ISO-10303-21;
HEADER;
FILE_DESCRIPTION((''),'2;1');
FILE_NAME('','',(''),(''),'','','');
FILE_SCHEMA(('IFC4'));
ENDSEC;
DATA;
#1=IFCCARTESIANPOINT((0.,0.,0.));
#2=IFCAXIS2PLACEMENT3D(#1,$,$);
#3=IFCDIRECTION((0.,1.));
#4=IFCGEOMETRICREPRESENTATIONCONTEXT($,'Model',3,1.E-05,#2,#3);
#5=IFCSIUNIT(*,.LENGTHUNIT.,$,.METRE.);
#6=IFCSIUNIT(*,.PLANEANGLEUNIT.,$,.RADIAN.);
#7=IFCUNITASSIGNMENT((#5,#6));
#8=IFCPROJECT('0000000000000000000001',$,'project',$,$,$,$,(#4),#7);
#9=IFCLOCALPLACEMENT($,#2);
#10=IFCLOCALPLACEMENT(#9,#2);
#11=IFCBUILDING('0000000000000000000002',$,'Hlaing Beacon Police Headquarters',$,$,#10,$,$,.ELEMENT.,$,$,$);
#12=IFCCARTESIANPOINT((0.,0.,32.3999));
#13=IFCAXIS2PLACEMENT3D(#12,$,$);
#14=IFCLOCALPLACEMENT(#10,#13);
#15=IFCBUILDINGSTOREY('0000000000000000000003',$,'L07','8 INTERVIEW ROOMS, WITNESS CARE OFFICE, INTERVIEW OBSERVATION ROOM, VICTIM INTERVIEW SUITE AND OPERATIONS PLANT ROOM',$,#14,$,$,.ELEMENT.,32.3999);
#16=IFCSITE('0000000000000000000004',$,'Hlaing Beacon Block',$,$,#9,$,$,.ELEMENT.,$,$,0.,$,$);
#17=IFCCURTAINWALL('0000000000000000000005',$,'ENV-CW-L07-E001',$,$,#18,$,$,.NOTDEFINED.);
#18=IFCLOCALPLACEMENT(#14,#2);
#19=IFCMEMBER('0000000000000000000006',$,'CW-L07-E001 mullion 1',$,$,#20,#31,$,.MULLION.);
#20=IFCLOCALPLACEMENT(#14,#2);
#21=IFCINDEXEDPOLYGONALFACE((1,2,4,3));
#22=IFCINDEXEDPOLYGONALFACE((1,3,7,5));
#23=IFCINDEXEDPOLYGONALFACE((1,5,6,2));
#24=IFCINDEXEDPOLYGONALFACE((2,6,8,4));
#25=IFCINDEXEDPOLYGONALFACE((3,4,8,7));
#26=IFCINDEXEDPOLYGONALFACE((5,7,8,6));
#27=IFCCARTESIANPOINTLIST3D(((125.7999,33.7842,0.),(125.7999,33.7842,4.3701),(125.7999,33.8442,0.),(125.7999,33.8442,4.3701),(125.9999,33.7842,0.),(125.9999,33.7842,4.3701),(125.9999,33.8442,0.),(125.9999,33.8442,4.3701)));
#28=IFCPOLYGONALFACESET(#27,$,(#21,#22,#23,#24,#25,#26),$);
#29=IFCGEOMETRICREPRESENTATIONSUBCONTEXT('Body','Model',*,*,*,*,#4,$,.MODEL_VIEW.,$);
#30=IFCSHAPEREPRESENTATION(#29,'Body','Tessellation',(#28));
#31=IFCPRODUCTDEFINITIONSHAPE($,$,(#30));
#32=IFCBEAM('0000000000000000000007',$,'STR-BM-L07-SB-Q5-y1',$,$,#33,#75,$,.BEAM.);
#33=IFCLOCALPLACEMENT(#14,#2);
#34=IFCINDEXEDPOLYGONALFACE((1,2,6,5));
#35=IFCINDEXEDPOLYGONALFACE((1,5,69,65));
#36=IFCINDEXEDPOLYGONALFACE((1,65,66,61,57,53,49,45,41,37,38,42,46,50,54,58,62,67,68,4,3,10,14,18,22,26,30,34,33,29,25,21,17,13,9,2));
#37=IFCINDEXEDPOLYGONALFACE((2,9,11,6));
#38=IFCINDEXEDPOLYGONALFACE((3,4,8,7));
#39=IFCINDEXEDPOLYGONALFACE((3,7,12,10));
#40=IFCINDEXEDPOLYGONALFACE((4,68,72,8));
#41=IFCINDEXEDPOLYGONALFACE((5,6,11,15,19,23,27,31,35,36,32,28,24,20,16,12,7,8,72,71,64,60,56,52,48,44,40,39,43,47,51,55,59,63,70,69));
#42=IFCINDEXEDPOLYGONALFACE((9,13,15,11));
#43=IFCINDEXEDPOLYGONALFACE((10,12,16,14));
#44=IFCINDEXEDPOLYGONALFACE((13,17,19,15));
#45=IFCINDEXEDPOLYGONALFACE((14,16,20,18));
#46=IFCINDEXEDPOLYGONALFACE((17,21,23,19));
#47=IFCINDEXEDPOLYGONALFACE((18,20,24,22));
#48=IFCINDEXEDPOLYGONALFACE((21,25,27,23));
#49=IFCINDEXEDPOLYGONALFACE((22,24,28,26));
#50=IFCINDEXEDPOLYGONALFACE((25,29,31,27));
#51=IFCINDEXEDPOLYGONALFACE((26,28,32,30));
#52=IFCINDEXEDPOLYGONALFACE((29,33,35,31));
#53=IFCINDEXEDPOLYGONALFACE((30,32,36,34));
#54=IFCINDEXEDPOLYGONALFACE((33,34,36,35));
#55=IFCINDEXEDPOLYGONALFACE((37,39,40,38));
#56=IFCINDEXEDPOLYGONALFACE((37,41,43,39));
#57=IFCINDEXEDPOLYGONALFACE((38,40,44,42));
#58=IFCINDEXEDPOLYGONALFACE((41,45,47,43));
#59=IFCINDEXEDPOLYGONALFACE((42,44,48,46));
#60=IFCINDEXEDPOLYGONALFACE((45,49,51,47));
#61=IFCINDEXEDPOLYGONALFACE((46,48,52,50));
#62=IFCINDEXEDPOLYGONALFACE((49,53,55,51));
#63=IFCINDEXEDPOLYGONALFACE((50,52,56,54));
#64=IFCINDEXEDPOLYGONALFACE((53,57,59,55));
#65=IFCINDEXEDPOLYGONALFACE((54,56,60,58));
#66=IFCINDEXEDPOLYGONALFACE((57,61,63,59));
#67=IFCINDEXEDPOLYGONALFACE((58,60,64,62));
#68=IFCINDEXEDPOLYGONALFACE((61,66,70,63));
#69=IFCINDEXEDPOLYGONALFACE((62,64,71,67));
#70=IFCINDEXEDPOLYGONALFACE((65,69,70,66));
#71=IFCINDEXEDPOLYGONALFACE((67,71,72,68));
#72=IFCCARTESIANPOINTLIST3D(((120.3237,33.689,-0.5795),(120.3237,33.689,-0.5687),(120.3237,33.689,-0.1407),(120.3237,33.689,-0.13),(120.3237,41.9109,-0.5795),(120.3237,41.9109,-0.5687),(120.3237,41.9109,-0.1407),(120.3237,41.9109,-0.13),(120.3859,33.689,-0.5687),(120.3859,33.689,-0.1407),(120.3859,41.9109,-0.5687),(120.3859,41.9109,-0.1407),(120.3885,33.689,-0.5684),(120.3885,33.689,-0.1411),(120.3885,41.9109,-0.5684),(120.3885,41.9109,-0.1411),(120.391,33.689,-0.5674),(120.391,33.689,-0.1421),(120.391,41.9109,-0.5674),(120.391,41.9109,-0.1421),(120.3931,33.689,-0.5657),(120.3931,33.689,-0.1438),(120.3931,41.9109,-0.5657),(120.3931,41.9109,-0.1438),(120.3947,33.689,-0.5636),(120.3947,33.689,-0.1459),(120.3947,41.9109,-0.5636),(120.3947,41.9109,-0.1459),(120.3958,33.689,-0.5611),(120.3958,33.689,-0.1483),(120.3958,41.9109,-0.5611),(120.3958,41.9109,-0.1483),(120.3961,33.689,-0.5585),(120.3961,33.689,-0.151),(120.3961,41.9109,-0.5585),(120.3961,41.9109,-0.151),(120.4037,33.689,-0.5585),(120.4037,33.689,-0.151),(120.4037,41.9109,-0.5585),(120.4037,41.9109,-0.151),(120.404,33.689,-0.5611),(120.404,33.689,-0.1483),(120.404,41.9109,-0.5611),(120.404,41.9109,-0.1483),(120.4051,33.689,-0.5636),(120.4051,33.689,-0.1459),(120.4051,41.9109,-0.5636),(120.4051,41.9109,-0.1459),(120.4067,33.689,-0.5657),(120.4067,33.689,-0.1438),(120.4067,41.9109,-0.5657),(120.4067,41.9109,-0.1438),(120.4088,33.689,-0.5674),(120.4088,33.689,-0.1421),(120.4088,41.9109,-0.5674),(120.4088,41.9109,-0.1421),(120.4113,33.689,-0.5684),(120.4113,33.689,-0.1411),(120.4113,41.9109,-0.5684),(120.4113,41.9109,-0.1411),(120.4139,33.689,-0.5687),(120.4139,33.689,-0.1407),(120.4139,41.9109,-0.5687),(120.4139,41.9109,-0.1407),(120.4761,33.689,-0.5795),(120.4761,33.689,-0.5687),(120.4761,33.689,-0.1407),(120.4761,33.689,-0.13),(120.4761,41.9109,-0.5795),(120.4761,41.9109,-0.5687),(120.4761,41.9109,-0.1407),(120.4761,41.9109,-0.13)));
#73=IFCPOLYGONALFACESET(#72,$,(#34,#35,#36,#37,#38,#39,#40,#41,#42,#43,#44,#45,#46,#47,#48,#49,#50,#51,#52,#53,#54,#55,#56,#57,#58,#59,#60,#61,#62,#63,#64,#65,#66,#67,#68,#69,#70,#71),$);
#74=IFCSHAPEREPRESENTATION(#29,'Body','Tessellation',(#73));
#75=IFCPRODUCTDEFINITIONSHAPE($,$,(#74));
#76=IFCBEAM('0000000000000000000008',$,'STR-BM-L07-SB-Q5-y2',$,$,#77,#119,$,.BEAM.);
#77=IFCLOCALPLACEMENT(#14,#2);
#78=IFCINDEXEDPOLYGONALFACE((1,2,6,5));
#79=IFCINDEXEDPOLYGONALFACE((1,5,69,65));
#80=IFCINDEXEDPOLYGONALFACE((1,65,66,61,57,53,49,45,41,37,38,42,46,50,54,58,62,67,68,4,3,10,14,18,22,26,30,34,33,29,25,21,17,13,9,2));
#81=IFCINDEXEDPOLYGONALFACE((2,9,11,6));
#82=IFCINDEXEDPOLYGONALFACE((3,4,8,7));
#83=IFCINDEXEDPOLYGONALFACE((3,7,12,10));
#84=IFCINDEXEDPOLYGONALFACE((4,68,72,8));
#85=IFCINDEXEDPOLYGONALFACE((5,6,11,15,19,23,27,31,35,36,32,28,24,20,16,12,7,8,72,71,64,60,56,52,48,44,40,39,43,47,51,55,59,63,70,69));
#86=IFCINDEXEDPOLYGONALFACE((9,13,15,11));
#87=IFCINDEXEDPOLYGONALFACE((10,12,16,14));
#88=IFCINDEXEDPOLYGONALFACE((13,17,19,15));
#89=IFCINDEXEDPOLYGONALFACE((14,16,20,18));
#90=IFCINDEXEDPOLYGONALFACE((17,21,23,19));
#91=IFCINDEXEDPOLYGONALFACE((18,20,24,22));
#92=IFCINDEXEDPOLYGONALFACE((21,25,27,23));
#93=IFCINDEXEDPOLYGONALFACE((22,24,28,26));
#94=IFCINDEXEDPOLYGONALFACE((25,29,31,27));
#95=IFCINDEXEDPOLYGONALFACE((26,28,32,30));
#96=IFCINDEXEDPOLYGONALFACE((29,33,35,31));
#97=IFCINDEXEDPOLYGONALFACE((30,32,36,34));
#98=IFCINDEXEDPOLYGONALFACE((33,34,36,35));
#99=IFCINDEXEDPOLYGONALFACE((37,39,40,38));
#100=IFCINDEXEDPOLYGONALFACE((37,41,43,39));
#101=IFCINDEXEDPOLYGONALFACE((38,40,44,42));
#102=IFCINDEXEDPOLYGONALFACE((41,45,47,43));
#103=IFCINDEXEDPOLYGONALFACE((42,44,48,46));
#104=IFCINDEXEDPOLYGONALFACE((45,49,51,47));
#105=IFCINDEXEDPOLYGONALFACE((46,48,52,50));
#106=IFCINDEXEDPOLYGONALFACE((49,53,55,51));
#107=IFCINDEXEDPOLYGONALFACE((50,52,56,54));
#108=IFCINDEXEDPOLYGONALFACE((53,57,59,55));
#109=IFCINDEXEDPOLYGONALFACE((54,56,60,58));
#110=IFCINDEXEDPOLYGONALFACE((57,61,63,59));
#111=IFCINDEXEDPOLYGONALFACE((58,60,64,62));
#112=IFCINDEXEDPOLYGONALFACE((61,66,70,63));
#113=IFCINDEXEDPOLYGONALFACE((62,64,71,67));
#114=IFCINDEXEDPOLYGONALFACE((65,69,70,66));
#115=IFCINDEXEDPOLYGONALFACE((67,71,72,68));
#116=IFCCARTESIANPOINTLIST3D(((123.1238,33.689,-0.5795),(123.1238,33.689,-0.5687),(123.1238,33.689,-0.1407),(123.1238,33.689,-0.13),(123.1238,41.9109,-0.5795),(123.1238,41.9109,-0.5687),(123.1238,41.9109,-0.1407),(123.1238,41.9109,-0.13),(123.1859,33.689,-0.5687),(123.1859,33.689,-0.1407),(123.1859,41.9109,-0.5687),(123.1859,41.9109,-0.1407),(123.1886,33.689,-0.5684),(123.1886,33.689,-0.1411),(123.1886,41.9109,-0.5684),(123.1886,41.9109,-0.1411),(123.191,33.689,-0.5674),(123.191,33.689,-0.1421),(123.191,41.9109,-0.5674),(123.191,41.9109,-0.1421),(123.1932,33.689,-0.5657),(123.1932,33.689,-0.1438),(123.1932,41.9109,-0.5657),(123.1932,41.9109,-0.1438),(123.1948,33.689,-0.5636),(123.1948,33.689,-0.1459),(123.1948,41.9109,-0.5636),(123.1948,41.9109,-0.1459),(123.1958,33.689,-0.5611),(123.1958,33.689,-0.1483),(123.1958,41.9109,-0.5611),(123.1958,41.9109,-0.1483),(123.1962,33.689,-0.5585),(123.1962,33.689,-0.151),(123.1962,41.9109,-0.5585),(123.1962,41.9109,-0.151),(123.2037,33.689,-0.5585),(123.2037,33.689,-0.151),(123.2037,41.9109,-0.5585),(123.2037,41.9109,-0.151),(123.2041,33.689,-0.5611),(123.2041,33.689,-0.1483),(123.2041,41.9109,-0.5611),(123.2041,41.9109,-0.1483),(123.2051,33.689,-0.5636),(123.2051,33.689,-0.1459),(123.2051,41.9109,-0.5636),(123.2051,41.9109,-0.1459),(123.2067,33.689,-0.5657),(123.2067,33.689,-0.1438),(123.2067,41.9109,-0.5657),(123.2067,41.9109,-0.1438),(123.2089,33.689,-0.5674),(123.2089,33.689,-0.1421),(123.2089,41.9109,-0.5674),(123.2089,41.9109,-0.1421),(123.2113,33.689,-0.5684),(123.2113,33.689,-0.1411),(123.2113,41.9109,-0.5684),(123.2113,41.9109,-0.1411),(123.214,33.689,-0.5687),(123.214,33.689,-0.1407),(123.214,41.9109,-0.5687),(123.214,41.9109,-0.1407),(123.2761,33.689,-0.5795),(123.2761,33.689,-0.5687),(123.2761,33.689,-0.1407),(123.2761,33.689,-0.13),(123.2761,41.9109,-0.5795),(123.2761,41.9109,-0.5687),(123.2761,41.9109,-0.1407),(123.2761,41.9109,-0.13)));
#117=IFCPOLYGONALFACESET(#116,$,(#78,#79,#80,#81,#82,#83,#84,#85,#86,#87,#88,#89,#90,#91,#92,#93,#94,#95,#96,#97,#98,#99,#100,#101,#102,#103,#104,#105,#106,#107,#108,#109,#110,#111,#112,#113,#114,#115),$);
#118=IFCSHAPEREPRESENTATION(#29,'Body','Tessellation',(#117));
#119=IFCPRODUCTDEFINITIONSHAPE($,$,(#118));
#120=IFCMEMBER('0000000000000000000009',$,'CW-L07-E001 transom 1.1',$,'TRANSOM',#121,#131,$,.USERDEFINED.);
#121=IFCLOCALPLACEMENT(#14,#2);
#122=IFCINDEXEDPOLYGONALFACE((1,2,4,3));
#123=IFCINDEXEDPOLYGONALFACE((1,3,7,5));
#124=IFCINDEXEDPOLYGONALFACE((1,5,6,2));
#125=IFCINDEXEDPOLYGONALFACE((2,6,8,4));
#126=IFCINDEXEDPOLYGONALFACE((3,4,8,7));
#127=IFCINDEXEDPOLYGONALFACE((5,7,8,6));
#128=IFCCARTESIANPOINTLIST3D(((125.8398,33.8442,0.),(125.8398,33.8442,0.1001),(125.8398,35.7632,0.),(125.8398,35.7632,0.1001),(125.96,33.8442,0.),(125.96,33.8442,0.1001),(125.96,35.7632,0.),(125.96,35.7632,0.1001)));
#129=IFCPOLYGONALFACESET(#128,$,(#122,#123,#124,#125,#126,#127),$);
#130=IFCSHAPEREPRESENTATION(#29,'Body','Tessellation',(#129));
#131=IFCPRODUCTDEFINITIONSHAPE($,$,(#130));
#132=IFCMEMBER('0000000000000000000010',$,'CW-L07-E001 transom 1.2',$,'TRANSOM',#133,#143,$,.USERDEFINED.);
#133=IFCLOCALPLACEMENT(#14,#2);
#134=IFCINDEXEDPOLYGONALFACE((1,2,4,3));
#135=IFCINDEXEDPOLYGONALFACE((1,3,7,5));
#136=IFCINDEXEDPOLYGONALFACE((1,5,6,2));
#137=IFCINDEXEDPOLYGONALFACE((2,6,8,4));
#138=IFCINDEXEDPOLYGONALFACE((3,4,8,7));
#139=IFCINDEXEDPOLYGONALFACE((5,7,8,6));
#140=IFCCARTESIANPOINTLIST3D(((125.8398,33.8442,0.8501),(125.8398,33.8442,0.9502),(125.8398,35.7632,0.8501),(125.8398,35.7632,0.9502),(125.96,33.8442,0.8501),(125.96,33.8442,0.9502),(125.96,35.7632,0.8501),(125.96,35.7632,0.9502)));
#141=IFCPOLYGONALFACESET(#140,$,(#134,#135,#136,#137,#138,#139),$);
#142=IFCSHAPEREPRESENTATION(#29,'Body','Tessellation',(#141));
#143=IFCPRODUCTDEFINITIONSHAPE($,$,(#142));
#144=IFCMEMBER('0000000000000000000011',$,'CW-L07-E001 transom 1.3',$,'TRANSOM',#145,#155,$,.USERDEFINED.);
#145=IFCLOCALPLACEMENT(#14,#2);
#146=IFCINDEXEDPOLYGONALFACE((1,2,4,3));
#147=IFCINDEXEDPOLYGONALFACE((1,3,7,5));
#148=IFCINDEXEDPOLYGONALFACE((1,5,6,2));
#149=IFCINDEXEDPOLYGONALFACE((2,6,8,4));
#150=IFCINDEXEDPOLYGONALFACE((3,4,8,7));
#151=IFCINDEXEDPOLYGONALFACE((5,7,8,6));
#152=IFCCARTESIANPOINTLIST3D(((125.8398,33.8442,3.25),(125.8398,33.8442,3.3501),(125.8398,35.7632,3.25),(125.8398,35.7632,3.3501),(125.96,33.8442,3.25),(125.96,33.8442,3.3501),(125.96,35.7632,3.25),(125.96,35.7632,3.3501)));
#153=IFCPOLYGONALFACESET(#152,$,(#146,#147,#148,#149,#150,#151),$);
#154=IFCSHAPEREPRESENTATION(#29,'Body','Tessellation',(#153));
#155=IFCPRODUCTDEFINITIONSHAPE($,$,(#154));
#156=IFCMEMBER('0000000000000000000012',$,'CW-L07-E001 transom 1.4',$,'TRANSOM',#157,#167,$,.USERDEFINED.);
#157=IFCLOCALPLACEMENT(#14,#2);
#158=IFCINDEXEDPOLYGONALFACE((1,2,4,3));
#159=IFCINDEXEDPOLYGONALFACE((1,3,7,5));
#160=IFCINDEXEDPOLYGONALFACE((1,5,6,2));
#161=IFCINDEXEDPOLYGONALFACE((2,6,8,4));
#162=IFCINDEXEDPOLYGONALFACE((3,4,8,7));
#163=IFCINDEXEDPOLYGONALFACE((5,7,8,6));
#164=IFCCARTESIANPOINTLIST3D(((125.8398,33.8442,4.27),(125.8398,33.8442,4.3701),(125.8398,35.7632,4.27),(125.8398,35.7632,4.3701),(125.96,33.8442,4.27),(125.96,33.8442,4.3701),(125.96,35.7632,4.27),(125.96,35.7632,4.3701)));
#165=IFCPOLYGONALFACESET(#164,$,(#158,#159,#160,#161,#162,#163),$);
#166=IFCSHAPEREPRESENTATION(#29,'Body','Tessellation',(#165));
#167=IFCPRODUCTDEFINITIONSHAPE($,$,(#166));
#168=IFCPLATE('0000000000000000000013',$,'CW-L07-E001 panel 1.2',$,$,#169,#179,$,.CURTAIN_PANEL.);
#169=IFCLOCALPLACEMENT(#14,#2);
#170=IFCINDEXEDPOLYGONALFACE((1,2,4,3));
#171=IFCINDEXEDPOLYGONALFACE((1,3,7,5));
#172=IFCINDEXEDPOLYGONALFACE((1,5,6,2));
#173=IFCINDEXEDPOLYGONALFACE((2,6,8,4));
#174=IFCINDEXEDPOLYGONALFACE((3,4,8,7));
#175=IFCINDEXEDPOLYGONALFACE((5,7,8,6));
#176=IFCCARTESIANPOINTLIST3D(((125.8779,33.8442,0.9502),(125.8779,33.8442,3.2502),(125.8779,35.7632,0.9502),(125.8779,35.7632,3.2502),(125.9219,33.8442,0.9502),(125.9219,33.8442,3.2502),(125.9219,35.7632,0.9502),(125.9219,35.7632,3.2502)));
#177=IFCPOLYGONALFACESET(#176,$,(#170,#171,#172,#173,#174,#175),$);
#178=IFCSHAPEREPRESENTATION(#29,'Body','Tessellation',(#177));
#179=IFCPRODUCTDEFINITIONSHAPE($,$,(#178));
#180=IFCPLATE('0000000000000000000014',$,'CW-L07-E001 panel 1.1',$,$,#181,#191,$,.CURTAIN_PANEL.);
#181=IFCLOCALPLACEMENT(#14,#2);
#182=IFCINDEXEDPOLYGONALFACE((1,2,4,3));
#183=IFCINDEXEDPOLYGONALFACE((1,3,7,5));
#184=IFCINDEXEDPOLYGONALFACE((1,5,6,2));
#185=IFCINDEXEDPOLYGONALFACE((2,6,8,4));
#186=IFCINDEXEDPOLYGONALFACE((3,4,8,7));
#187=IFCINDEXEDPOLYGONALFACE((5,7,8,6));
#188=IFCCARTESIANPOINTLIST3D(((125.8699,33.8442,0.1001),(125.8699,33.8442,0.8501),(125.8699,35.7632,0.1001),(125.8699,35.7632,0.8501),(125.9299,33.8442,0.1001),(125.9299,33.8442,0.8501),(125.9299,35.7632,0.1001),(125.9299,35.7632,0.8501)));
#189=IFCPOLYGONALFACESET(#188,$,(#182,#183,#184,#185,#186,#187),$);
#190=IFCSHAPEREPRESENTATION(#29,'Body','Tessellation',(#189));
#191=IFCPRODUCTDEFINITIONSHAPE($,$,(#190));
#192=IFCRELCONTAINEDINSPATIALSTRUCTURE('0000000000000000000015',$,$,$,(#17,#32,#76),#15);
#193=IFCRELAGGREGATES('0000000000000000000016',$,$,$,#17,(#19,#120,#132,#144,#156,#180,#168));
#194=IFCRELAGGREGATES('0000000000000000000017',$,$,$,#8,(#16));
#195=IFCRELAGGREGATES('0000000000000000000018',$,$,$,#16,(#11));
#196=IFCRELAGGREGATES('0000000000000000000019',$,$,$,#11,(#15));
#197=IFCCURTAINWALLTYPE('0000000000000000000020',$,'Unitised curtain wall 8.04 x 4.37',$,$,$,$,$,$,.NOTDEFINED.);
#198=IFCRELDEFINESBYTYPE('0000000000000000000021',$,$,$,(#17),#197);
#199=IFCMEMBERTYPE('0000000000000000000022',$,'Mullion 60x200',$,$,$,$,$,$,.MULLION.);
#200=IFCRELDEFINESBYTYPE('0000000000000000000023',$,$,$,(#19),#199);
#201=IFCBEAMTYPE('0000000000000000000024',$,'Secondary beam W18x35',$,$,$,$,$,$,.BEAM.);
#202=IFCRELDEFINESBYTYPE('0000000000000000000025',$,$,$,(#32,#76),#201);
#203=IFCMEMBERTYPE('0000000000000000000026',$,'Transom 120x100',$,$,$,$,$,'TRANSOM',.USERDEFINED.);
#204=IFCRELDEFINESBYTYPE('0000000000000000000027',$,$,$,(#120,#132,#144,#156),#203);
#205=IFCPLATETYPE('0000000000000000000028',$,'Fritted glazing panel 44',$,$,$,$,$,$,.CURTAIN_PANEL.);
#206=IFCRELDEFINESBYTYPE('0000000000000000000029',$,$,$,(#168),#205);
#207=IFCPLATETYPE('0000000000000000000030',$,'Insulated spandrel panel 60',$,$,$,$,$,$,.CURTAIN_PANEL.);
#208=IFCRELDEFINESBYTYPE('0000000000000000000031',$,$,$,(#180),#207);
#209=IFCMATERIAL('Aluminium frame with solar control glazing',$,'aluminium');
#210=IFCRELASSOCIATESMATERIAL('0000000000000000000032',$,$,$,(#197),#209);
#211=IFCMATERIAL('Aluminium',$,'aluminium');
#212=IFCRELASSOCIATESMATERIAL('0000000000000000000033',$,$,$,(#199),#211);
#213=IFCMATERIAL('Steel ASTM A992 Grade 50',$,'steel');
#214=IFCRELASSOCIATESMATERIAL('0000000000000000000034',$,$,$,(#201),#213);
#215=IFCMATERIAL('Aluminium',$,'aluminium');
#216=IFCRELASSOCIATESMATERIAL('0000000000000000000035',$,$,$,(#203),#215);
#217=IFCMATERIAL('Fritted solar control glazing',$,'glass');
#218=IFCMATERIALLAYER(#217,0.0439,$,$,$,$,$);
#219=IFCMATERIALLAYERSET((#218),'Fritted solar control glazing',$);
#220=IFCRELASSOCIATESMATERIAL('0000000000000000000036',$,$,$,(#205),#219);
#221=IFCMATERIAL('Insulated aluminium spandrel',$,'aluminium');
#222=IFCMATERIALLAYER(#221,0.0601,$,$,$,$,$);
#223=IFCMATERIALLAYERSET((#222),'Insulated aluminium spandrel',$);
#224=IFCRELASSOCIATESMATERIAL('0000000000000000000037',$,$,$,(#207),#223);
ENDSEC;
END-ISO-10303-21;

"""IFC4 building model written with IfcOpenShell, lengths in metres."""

from ifc_helpers import new_model, si_unit, direction, frame, origin, origin_2d, place, context, subcontext, project, spatial, rectangle, i_section, extrude, material, layer, layer_set, material_profile, profile_set, type_object, element, aggregate, save


model = new_model("IFC4")

# Units and contexts
model_context = context("Model", 3, precision=1e-05, world=origin(), true_north=direction((0.0, 1.0)))
body_context = subcontext(model_context, "Body", "Model", "MODEL_VIEW")
ifc_project = project(units=[si_unit("LENGTHUNIT", "METRE"), si_unit("PLANEANGLEUNIT", "RADIAN")], contexts=[model_context])

# Site, building, storey
site_placement = place(None, origin())
site = spatial("IfcSite", under=ifc_project, at=site_placement, Name="Hlaing Beacon Block", CompositionType="ELEMENT", RefElevation=0.0)
building_placement = place(site_placement, origin())
building = spatial("IfcBuilding", under=site, at=building_placement, Name="Hlaing Beacon Police Headquarters", CompositionType="ELEMENT")
storey_placement = place(building_placement, frame((0.0, 0.0, 32.3999)))
storey = spatial("IfcBuildingStorey", under=building, at=storey_placement, Name="L07", Description="8 INTERVIEW ROOMS, WITNESS CARE OFFICE, INTERVIEW OBSERVATION ROOM, VICTIM INTERVIEW SUITE AND OPERATIONS PLANT ROOM", CompositionType="ELEMENT", Elevation=32.3999)

# Curtain wall, member
ifc_material_1 = material(Name="Aluminium frame with solar control glazing", Category="aluminium")
curtain_wall_type = type_object("IfcCurtainWallType", Name="Unitised curtain wall 8.04 x 4.37", PredefinedType="NOTDEFINED", material=ifc_material_1)
curtain_wall_placement = place(storey_placement, origin())
curtain_wall = element("IfcCurtainWall", 1, at=curtain_wall_placement, inside=storey, type_object=curtain_wall_type, Name="ENV-CW-L07-E001", PredefinedType="NOTDEFINED")
ifc_material_2 = material(Name="Aluminium", Category="aluminium")
ifc_material_profile_1 = material_profile(ifc_material_2, rectangle(XDim=0.2, YDim=0.0601, at=origin_2d()), Name="Mullion 60x200")
ifc_profile_set_1 = profile_set([ifc_material_profile_1], Name="Aluminium")
member_type_1 = type_object("IfcMemberType", Name="Mullion 60x200", PredefinedType="MULLION", material=ifc_profile_set_1)
member_1_placement = place(storey_placement, frame((125.8999, 33.8142, 0.0), z_axis=(0.0, 0.0, 1.0), x_axis=(-1.0, 0.0, 0.0)))
member_1 = element("IfcMember", 2, at=member_1_placement, type_object=member_type_1, Name="CW-L07-E001 mullion 1", PredefinedType="MULLION", context=body_context, shape_type="SweptSolid", body=[
    extrude(rectangle(XDim=0.2, YDim=0.0601, at=origin_2d()), origin(), (0.0, 0.0, 1.0), 4.3701),
])

# Beams
ifc_material_3 = material(Name="Steel ASTM A992 Grade 50", Category="steel")
ifc_material_profile_2 = material_profile(ifc_material_3, i_section(OverallWidth=0.1523, OverallDepth=0.4495, WebThickness=0.0076, FlangeThickness=0.0107, FilletRadius=0.0103, at=origin_2d()), Name="W18x35")
ifc_profile_set_2 = profile_set([ifc_material_profile_2], Name="Steel ASTM A992 Grade 50")
beam_type = type_object("IfcBeamType", Name="Secondary beam W18x35", PredefinedType="BEAM", material=ifc_profile_set_2)
for number, where, z_axis, x_axis, name in (
    (3, (120.3999, 33.689, -0.3547), (0.0, 1.0, 0.0), (-1.0, 0.0, 0.0), "STR-BM-L07-SB-Q5-y1"),
    (4, (123.2, 33.689, -0.3547), (0.0, 1.0, 0.0), (-1.0, 0.0, 0.0), "STR-BM-L07-SB-Q5-y2"),
):
    element("IfcBeam", number, at=place(storey_placement, frame(where, z_axis=z_axis, x_axis=x_axis)), inside=storey, type_object=beam_type, Name=name, PredefinedType="BEAM", context=body_context, shape_type="SweptSolid", body=[
        extrude(i_section(OverallWidth=0.1523, OverallDepth=0.4495, WebThickness=0.0076, FlangeThickness=0.0107, FilletRadius=0.0103, at=origin_2d()), origin(), (0.0, 0.0, 1.0), 8.2219),
    ])

# Members
ifc_material_4 = material(Name="Aluminium", Category="aluminium")
ifc_material_profile_3 = material_profile(ifc_material_4, rectangle(XDim=0.1201, YDim=0.1001, at=origin_2d()), Name="Transom 120x100")
ifc_profile_set_3 = profile_set([ifc_material_profile_3], Name="Aluminium")
member_type_2 = type_object("IfcMemberType", Name="Transom 120x100", ElementType="TRANSOM", PredefinedType="USERDEFINED", material=ifc_profile_set_3)
member_2_placement = place(storey_placement, frame((125.8999, 33.8442, 0.05), z_axis=(0.0, 1.0, 0.0), x_axis=(-1.0, 0.0, 0.0)))
member_2 = element("IfcMember", 5, at=member_2_placement, type_object=member_type_2, Name="CW-L07-E001 transom 1.1", ObjectType="TRANSOM", PredefinedType="USERDEFINED", context=body_context, shape_type="SweptSolid", body=[
    extrude(rectangle(XDim=0.1201, YDim=0.1001, at=origin_2d()), origin(), (0.0, 0.0, 1.0), 1.9189),
])
member_3_placement = place(storey_placement, frame((125.8999, 33.8442, 0.9001), z_axis=(0.0, 1.0, 0.0), x_axis=(-1.0, 0.0, 0.0)))
member_3 = element("IfcMember", 6, at=member_3_placement, type_object=member_type_2, Name="CW-L07-E001 transom 1.2", ObjectType="TRANSOM", PredefinedType="USERDEFINED", context=body_context, shape_type="SweptSolid", body=[
    extrude(rectangle(XDim=0.1201, YDim=0.1001, at=origin_2d()), origin(), (0.0, 0.0, 1.0), 1.9189),
])
member_4_placement = place(storey_placement, frame((125.8999, 33.8442, 3.3), z_axis=(0.0, 1.0, 0.0), x_axis=(-1.0, 0.0, 0.0)))
member_4 = element("IfcMember", 7, at=member_4_placement, type_object=member_type_2, Name="CW-L07-E001 transom 1.3", ObjectType="TRANSOM", PredefinedType="USERDEFINED", context=body_context, shape_type="SweptSolid", body=[
    extrude(rectangle(XDim=0.1201, YDim=0.1001, at=origin_2d()), origin(), (0.0, 0.0, 1.0), 1.9189),
])
member_5_placement = place(storey_placement, frame((125.8999, 33.8442, 4.3201), z_axis=(0.0, 1.0, 0.0), x_axis=(-1.0, 0.0, 0.0)))
member_5 = element("IfcMember", 8, at=member_5_placement, type_object=member_type_2, Name="CW-L07-E001 transom 1.4", ObjectType="TRANSOM", PredefinedType="USERDEFINED", context=body_context, shape_type="SweptSolid", body=[
    extrude(rectangle(XDim=0.1201, YDim=0.1001, at=origin_2d()), origin(), (0.0, 0.0, 1.0), 1.9189),
])

# Plates
ifc_material_5 = material(Name="Fritted solar control glazing", Category="glass")
ifc_layer_1 = layer(ifc_material_5, 0.0439)
ifc_layer_set_1 = layer_set([ifc_layer_1], Name="Fritted solar control glazing")
plate_type_1 = type_object("IfcPlateType", Name="Fritted glazing panel 44", PredefinedType="CURTAIN_PANEL", material=ifc_layer_set_1)
plate_1_placement = place(storey_placement, frame((125.8999, 34.8037, 0.9502), z_axis=(0.0, 0.0, 1.0), x_axis=(0.0, 1.0, 0.0)))
plate_1 = element("IfcPlate", 9, at=plate_1_placement, type_object=plate_type_1, Name="CW-L07-E001 panel 1.2", PredefinedType="CURTAIN_PANEL", context=body_context, shape_type="SweptSolid", body=[
    extrude(rectangle(XDim=1.9189, YDim=0.0439, at=origin_2d()), origin(), (0.0, 0.0, 1.0), 2.3),
])
ifc_material_6 = material(Name="Insulated aluminium spandrel", Category="aluminium")
ifc_layer_2 = layer(ifc_material_6, 0.0601)
ifc_layer_set_2 = layer_set([ifc_layer_2], Name="Insulated aluminium spandrel")
plate_type_2 = type_object("IfcPlateType", Name="Insulated spandrel panel 60", PredefinedType="CURTAIN_PANEL", material=ifc_layer_set_2)
plate_2_placement = place(storey_placement, frame((125.8999, 34.8037, 0.1001), z_axis=(0.0, 0.0, 1.0), x_axis=(0.0, 1.0, 0.0)))
plate_2 = element("IfcPlate", 10, at=plate_2_placement, type_object=plate_type_2, Name="CW-L07-E001 panel 1.1", PredefinedType="CURTAIN_PANEL", context=body_context, shape_type="SweptSolid", body=[
    extrude(rectangle(XDim=1.9189, YDim=0.0601, at=origin_2d()), origin(), (0.0, 0.0, 1.0), 0.75),
])
aggregate(curtain_wall, [member_1, member_2, member_3, member_4, member_5, plate_2, plate_1])

save(model, "model.ifc")
